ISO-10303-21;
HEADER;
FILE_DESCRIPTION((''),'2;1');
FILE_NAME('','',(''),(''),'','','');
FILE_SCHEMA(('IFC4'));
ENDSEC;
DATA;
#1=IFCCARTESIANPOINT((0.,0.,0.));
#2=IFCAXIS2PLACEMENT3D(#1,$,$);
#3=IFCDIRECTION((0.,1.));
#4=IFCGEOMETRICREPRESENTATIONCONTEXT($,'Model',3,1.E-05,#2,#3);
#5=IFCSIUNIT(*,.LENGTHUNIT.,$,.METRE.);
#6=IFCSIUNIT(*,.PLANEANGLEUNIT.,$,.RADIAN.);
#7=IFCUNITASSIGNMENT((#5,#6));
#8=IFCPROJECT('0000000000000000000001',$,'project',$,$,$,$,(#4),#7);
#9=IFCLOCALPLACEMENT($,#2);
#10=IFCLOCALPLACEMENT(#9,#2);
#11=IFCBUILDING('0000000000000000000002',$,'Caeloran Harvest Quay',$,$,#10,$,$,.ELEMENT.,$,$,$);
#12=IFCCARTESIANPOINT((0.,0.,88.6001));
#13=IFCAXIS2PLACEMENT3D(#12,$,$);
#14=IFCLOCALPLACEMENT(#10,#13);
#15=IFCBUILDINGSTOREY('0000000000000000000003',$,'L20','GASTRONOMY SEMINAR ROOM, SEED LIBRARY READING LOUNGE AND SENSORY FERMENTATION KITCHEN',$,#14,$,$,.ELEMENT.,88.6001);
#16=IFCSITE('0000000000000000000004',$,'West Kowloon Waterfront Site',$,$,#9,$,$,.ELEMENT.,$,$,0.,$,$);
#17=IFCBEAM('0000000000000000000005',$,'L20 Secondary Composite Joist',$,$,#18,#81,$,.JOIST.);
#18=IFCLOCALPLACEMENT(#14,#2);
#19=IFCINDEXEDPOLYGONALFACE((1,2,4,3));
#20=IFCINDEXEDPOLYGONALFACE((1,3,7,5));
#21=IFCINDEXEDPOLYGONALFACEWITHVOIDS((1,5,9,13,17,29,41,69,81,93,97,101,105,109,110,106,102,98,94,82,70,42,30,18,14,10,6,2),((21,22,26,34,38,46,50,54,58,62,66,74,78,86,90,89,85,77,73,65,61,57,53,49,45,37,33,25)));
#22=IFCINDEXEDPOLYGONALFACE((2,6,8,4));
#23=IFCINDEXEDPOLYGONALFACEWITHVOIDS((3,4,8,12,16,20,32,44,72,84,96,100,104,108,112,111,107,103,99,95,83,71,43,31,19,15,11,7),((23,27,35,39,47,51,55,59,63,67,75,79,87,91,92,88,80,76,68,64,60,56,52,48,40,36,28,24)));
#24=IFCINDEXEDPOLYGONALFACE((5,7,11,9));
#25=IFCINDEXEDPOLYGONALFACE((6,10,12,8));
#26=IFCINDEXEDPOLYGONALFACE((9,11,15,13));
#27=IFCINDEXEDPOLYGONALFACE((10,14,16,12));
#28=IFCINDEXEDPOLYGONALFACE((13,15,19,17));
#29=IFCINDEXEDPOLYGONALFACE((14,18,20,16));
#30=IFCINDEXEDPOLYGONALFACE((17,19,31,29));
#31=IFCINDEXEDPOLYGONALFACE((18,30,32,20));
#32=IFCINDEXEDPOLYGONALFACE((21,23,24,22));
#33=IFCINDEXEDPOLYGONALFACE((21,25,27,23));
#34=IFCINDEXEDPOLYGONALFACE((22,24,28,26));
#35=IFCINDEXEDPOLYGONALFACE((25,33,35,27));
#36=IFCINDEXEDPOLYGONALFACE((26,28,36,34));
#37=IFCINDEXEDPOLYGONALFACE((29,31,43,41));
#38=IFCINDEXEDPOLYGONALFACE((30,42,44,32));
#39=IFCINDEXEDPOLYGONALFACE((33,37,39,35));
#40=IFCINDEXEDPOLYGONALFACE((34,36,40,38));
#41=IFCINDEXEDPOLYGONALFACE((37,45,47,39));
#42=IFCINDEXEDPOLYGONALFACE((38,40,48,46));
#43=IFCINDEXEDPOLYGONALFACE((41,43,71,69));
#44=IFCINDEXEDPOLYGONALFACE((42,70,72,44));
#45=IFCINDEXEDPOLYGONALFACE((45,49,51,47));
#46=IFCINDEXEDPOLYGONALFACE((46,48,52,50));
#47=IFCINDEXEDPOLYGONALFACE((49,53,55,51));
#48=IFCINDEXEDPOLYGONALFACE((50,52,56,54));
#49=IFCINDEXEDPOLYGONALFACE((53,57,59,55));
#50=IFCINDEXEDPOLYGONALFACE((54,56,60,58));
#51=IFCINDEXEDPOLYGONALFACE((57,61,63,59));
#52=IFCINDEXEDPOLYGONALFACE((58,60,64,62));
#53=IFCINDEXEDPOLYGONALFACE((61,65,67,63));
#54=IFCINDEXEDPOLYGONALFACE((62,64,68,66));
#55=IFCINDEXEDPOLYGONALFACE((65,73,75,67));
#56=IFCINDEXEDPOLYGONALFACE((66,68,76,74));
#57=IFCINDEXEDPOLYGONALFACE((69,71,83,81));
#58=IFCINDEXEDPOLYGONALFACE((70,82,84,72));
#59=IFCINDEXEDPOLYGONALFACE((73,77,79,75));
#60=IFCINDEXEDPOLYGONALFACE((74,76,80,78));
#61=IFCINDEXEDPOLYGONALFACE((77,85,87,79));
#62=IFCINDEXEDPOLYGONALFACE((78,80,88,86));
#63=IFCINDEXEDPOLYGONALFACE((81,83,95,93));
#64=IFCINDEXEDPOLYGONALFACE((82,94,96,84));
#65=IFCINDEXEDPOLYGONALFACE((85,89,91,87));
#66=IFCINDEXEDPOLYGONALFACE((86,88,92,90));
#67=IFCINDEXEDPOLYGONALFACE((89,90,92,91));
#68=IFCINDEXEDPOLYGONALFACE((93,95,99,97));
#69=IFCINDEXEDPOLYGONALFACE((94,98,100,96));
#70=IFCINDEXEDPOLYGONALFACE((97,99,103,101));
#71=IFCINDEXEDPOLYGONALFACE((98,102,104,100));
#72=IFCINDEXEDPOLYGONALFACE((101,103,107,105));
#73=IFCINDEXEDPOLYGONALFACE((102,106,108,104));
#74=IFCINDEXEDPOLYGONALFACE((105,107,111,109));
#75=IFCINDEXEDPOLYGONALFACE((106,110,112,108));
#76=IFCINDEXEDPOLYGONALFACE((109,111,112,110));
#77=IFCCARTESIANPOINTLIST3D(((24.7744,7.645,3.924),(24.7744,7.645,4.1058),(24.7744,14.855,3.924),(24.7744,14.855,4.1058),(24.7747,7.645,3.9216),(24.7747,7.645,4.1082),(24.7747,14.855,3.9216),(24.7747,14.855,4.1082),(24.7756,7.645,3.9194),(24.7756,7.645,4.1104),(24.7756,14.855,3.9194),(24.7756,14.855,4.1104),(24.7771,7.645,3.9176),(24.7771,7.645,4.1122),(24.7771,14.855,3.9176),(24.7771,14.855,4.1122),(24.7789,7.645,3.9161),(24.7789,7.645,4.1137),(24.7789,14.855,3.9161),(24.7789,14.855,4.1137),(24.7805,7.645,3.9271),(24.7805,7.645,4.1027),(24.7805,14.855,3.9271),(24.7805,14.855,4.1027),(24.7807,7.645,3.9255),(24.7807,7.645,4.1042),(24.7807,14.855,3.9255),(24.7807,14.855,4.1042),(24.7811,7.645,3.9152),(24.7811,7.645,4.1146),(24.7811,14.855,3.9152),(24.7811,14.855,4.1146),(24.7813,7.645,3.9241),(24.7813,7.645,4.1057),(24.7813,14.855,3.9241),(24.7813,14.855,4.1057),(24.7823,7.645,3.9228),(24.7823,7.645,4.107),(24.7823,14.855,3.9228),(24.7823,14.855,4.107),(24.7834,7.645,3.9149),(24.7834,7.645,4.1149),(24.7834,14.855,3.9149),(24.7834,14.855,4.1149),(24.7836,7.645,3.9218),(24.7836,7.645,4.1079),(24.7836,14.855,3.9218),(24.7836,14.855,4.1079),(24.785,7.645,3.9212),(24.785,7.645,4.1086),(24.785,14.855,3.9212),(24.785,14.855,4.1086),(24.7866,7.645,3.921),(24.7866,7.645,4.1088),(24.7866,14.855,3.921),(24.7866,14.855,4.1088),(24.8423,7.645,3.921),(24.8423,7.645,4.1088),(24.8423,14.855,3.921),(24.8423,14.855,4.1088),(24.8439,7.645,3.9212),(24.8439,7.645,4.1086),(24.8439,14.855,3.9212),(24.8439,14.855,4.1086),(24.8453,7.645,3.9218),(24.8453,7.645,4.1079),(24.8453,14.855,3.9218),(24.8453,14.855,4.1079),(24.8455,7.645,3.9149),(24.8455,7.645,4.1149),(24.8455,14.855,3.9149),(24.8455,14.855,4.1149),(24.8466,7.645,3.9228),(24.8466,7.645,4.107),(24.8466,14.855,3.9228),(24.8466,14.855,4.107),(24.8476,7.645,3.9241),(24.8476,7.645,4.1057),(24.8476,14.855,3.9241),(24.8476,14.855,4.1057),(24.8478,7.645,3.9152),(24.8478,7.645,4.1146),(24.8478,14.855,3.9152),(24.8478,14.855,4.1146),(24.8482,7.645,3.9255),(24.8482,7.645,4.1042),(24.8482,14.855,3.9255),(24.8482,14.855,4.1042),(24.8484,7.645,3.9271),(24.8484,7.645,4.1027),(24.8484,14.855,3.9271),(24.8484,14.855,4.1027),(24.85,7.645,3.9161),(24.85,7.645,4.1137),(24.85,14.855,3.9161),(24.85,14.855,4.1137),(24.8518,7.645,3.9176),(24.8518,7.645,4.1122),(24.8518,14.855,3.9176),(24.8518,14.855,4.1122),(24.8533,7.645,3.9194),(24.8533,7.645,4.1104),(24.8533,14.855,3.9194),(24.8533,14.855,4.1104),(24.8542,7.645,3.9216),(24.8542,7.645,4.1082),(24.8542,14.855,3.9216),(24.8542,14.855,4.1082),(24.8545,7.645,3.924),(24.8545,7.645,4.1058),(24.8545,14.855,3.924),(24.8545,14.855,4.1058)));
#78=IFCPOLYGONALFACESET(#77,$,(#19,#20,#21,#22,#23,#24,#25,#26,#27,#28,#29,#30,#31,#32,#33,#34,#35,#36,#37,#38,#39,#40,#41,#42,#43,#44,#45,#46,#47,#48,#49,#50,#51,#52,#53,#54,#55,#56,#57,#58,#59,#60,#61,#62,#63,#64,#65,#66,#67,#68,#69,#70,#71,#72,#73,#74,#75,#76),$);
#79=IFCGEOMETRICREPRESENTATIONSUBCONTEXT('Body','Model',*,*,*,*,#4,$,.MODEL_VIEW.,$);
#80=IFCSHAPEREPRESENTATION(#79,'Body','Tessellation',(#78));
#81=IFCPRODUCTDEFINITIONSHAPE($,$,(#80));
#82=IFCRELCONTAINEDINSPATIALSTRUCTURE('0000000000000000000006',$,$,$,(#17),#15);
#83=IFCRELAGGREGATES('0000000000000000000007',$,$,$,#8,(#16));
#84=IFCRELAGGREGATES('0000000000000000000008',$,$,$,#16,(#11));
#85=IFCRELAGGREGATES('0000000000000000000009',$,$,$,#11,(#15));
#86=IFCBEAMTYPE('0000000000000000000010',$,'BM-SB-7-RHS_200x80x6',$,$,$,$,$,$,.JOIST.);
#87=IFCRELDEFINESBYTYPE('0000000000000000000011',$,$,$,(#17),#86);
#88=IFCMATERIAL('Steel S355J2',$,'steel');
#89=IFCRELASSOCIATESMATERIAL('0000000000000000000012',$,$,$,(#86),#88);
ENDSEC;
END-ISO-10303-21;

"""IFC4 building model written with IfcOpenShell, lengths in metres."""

from ifc_helpers import new_model, si_unit, direction, frame, origin, origin_2d, place, context, subcontext, project, spatial, hollow_rectangle, extrude, material, material_profile, profile_set, type_object, element, save


model = new_model("IFC4")

# Units and contexts
model_context = context("Model", 3, precision=1e-05, world=origin(), true_north=direction((0.0, 1.0)))
body_context = subcontext(model_context, "Body", "Model", "MODEL_VIEW")
ifc_project = project(units=[si_unit("LENGTHUNIT", "METRE"), si_unit("PLANEANGLEUNIT", "RADIAN")], contexts=[model_context])

# Site, building, storey
site_placement = place(None, origin())
site = spatial("IfcSite", under=ifc_project, at=site_placement, Name="West Kowloon Waterfront Site", CompositionType="ELEMENT", RefElevation=0.0)
building_placement = place(site_placement, origin())
building = spatial("IfcBuilding", under=site, at=building_placement, Name="Caeloran Harvest Quay", CompositionType="ELEMENT")
storey_placement = place(building_placement, frame((0.0, 0.0, 88.6001)))
storey = spatial("IfcBuildingStorey", under=building, at=storey_placement, Name="L20", Description="GASTRONOMY SEMINAR ROOM, SEED LIBRARY READING LOUNGE AND SENSORY FERMENTATION KITCHEN", CompositionType="ELEMENT", Elevation=88.6001)

# Beam
ifc_material_1 = material(Name="Steel S355J2", Category="steel")
ifc_material_profile_1 = material_profile(ifc_material_1, hollow_rectangle(XDim=0.0801, YDim=0.2, WallThickness=0.0061, InnerFilletRadius=0.0061, OuterFilletRadius=0.009, at=origin_2d()), Name="RHS 200x80x6")
ifc_profile_set_1 = profile_set([ifc_material_profile_1], Name="Steel S355J2")
beam_type_1 = type_object("IfcBeamType", Name="BM-SB-7-RHS_200x80x6", PredefinedType="JOIST", material=ifc_profile_set_1)
for number, where, z_axis, x_axis, name in (
    (1, (24.8145, 7.645, 4.0149), (0.0, 1.0, 0.0), (-1.0, 0.0, 0.0), "L20 Secondary Composite Joist"),
):
    element("IfcBeam", number, at=place(storey_placement, frame(where, z_axis=z_axis, x_axis=x_axis)), inside=storey, type_object=beam_type_1, Name=name, PredefinedType="JOIST", context=body_context, shape_type="SweptSolid", body=[
        extrude(hollow_rectangle(XDim=0.0801, YDim=0.2, WallThickness=0.0061, InnerFilletRadius=0.0061, OuterFilletRadius=0.009, at=origin_2d()), origin(), (0.0, 0.0, 1.0), 7.21),
    ])

save(model, "model.ifc")
